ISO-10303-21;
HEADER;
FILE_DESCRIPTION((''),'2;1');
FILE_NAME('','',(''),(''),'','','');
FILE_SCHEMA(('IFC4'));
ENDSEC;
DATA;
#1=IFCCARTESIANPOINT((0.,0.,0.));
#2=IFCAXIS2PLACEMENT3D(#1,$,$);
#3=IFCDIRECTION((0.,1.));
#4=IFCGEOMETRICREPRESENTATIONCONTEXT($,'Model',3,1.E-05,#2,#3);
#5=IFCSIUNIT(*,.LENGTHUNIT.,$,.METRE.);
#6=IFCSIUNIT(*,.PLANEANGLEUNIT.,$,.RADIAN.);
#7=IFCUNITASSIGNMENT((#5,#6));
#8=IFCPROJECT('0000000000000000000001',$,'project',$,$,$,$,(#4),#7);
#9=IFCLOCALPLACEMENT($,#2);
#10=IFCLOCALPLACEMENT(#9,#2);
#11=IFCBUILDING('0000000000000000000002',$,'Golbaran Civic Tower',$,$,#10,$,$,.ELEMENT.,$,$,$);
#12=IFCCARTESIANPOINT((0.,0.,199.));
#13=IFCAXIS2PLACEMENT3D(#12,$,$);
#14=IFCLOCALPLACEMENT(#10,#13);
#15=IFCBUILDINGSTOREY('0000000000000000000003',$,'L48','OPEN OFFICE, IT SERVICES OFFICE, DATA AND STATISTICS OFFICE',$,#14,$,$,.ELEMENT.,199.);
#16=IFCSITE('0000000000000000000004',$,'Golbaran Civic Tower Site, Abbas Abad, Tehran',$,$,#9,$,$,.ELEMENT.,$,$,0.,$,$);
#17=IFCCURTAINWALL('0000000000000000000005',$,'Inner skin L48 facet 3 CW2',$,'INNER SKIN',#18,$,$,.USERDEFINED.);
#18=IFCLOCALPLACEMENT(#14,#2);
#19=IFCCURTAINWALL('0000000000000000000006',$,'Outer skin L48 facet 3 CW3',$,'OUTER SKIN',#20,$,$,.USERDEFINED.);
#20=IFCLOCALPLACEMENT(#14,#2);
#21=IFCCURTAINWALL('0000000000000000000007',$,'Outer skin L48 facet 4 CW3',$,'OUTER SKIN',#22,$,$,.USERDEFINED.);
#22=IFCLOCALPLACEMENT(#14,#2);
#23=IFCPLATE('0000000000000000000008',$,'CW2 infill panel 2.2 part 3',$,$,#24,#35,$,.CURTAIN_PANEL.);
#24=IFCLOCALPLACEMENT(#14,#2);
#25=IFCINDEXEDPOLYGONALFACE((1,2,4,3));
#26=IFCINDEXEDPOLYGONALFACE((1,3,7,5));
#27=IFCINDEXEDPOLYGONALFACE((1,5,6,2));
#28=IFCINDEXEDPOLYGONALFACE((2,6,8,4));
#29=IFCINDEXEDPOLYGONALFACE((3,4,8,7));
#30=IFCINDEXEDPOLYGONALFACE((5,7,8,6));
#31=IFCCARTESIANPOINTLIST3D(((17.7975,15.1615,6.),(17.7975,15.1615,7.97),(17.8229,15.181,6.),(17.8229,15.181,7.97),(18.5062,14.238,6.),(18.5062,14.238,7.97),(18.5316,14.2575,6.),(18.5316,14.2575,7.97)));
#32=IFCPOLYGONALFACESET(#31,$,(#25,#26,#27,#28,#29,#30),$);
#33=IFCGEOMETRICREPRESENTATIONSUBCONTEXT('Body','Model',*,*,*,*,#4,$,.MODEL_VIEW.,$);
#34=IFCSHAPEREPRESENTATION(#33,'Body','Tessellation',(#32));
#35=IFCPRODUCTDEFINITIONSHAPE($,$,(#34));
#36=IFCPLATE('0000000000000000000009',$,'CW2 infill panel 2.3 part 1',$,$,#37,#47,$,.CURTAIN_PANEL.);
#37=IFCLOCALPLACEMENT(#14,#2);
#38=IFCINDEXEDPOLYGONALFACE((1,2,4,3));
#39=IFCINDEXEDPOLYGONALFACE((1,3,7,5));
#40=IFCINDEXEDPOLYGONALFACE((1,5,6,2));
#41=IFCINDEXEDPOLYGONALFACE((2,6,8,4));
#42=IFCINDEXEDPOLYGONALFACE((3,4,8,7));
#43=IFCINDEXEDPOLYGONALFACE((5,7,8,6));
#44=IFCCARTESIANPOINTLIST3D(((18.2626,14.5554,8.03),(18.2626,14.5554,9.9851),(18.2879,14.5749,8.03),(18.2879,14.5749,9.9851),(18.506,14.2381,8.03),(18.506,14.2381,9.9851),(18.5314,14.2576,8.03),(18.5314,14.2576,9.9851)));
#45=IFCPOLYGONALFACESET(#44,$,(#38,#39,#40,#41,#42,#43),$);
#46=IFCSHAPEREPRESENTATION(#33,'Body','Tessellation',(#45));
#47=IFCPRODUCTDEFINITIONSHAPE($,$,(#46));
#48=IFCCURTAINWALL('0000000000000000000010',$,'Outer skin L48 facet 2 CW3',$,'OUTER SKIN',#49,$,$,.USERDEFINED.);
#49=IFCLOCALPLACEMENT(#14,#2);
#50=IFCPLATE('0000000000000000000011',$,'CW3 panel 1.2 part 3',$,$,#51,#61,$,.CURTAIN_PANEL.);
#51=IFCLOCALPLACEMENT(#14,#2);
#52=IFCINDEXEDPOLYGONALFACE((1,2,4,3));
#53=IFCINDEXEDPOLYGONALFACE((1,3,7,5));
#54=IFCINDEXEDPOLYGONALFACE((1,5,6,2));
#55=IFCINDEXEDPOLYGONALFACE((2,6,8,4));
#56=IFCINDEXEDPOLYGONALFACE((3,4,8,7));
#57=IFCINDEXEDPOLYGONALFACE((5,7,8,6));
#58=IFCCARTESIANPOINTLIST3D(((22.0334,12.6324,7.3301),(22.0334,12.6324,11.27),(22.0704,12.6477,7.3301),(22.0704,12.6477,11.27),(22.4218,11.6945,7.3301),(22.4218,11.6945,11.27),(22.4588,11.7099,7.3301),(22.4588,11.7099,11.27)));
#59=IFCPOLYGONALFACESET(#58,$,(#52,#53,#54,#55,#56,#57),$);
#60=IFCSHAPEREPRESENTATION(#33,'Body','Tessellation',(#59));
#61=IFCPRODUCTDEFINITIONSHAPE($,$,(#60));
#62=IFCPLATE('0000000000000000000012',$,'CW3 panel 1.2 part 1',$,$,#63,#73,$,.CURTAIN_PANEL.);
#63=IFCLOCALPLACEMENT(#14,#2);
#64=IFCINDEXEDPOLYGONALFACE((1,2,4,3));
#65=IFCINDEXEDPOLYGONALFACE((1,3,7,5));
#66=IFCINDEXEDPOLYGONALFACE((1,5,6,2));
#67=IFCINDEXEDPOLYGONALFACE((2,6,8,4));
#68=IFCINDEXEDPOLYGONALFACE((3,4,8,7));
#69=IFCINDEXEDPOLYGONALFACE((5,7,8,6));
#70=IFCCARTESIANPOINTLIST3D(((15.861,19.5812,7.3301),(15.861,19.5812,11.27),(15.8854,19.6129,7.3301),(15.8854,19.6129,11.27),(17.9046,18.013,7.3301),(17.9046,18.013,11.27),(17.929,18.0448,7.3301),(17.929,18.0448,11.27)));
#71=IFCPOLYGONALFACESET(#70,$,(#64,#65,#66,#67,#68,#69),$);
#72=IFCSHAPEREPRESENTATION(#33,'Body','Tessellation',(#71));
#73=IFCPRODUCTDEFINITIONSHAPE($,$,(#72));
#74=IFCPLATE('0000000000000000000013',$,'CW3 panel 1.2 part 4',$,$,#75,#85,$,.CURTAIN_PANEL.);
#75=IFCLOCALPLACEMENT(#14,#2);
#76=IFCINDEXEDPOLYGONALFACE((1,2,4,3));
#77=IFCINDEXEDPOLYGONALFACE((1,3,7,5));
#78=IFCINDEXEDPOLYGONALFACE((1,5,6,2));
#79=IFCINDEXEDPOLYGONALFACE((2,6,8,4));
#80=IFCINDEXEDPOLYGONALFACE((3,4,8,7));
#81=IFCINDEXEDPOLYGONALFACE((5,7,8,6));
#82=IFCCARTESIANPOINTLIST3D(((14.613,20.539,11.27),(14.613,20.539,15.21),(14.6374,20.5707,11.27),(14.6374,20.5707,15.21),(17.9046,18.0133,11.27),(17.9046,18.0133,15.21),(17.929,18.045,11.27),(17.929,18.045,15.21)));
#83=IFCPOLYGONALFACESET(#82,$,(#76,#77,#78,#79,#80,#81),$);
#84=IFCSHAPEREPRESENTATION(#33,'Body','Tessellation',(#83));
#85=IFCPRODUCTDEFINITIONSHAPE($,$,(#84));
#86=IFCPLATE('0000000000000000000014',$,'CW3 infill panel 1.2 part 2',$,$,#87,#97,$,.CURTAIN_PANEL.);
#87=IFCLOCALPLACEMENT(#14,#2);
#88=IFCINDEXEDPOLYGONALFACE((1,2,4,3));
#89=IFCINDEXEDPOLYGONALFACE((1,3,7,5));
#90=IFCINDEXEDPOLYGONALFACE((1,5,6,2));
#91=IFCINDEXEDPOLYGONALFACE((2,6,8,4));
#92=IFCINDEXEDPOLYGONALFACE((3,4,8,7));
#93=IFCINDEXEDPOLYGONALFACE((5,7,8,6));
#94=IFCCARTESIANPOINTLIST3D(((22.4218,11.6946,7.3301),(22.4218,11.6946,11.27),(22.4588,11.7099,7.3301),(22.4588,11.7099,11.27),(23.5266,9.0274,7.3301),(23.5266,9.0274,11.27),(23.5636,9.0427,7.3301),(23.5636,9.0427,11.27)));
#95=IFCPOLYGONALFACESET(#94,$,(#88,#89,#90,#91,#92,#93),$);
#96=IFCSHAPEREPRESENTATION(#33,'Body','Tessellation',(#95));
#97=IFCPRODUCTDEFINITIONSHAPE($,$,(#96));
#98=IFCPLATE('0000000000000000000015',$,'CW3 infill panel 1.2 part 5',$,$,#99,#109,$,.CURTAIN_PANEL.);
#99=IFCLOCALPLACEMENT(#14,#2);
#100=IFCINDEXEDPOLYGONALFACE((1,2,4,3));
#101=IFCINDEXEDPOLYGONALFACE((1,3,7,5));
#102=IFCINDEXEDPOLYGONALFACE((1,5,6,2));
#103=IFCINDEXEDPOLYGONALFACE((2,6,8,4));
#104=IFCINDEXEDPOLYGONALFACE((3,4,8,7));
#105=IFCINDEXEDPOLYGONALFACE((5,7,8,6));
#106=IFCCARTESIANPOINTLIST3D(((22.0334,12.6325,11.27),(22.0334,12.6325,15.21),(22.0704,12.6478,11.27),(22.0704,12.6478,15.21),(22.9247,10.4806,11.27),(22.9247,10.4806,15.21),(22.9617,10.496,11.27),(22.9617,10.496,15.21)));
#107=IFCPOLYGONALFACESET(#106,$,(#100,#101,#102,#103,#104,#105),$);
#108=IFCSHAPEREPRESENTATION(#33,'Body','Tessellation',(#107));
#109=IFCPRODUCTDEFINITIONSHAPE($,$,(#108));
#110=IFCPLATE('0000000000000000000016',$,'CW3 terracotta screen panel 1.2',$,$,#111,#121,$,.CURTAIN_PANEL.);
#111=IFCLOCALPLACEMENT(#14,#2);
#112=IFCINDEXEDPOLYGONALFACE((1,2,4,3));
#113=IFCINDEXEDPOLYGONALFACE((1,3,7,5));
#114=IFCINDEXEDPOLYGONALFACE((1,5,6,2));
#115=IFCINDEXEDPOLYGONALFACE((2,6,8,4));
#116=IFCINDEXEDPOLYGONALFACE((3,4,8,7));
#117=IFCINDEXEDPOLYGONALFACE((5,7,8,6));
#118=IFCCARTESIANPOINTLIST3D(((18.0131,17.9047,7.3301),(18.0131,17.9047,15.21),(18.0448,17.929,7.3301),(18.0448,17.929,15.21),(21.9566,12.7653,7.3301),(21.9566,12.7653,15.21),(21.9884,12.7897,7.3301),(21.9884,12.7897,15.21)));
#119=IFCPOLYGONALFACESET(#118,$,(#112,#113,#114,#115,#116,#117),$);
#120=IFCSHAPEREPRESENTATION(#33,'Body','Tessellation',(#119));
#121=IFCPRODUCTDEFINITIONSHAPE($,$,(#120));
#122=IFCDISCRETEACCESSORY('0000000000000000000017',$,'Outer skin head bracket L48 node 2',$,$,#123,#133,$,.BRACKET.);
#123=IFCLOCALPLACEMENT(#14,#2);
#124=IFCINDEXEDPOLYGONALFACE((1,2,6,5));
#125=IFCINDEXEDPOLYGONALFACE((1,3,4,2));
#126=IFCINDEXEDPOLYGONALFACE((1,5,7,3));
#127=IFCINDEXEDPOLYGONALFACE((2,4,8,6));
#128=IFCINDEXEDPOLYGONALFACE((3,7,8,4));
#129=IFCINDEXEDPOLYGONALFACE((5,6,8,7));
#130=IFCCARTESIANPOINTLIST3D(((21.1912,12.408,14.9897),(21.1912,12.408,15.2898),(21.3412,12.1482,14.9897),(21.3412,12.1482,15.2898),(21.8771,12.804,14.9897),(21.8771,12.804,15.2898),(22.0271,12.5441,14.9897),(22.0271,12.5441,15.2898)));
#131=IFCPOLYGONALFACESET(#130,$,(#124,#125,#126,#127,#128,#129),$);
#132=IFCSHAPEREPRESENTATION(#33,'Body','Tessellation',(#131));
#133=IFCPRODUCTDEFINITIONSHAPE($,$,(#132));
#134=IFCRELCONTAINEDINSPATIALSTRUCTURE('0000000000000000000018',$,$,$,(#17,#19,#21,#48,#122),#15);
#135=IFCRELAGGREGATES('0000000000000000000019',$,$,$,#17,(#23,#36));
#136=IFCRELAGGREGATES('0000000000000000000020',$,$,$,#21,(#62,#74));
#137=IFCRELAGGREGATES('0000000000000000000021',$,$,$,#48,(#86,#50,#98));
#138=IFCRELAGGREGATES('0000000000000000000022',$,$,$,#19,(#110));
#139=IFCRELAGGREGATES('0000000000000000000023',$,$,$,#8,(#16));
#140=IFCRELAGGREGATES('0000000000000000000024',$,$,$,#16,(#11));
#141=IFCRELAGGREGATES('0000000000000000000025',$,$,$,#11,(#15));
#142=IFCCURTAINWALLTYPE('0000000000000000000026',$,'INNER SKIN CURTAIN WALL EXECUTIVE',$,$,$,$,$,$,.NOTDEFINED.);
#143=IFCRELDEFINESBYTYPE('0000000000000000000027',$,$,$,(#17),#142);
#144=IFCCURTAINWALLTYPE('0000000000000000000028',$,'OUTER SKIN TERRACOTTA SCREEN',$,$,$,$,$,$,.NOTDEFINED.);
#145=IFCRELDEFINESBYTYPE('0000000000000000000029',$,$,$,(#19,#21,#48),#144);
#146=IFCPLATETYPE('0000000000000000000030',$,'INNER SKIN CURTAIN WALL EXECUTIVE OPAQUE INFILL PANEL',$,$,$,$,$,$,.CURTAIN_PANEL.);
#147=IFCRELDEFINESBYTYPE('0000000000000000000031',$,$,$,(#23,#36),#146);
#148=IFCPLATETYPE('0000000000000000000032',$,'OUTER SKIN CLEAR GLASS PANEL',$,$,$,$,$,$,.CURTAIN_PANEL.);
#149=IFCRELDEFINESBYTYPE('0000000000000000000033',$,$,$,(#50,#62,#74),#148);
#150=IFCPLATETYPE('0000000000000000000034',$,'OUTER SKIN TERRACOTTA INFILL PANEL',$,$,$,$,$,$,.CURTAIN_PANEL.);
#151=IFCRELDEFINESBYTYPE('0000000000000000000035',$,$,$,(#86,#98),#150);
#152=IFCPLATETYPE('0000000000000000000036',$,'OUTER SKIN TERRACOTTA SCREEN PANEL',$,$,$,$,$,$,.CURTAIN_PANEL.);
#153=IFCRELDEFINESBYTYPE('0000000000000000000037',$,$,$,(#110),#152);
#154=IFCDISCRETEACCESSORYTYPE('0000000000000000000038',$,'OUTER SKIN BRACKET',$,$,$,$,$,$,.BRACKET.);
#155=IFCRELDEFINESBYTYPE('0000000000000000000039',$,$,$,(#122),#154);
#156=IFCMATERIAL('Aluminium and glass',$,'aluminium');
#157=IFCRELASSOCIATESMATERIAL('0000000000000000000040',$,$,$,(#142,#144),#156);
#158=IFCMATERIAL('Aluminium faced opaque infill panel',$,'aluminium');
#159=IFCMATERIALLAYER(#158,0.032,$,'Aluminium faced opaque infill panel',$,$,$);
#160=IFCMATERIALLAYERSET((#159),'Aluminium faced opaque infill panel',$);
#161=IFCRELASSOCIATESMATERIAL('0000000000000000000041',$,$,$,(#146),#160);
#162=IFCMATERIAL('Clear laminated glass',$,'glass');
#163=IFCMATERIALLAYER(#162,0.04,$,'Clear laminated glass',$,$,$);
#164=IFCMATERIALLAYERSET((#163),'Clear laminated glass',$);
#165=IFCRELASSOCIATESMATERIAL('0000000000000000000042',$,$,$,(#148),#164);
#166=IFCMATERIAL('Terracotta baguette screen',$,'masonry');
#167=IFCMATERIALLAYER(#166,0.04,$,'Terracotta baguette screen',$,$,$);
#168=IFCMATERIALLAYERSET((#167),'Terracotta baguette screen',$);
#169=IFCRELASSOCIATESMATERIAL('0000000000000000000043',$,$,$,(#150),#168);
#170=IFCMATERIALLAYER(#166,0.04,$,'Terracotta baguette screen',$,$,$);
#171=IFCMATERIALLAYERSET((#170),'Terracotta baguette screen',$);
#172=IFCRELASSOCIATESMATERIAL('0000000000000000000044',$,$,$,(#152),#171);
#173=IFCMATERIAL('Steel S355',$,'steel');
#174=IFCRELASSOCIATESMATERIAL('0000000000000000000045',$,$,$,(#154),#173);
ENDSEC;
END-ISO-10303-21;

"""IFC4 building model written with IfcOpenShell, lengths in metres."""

from ifc_helpers import new_model, si_unit, direction, frame, origin, origin_2d, place, context, subcontext, project, spatial, rectangle, extrude, material, layer, layer_set, type_object, element, aggregate, save


model = new_model("IFC4")

# Units and contexts
model_context = context("Model", 3, precision=1e-05, world=origin(), true_north=direction((0.0, 1.0)))
body_context = subcontext(model_context, "Body", "Model", "MODEL_VIEW")
ifc_project = project(units=[si_unit("LENGTHUNIT", "METRE"), si_unit("PLANEANGLEUNIT", "RADIAN")], contexts=[model_context])

# Site, building, storey
site_placement = place(None, origin())
site = spatial("IfcSite", under=ifc_project, at=site_placement, Name="Golbaran Civic Tower Site, Abbas Abad, Tehran", CompositionType="ELEMENT", RefElevation=0.0)
building_placement = place(site_placement, origin())
building = spatial("IfcBuilding", under=site, at=building_placement, Name="Golbaran Civic Tower", CompositionType="ELEMENT")
storey_placement = place(building_placement, frame((0.0, 0.0, 199.0)))
storey = spatial("IfcBuildingStorey", under=building, at=storey_placement, Name="L48", Description="OPEN OFFICE, IT SERVICES OFFICE, DATA AND STATISTICS OFFICE", CompositionType="ELEMENT", Elevation=199.0)

# Curtain walls
ifc_material_1 = material(Name="Aluminium and glass", Category="aluminium")
curtain_wall_type_1 = type_object("IfcCurtainWallType", Name="INNER SKIN CURTAIN WALL EXECUTIVE", PredefinedType="NOTDEFINED", material=ifc_material_1)
curtain_wall_1_placement = place(storey_placement, origin())
curtain_wall_1 = element("IfcCurtainWall", 1, at=curtain_wall_1_placement, inside=storey, type_object=curtain_wall_type_1, Name="Inner skin L48 facet 3 CW2", ObjectType="INNER SKIN", PredefinedType="USERDEFINED")
curtain_wall_type_2 = type_object("IfcCurtainWallType", Name="OUTER SKIN TERRACOTTA SCREEN", PredefinedType="NOTDEFINED", material=ifc_material_1)
curtain_wall_2_placement = place(storey_placement, origin())
curtain_wall_2 = element("IfcCurtainWall", 2, at=curtain_wall_2_placement, inside=storey, type_object=curtain_wall_type_2, Name="Outer skin L48 facet 3 CW3", ObjectType="OUTER SKIN", PredefinedType="USERDEFINED")
curtain_wall_3_placement = place(storey_placement, origin())
curtain_wall_3 = element("IfcCurtainWall", 3, at=curtain_wall_3_placement, inside=storey, type_object=curtain_wall_type_2, Name="Outer skin L48 facet 4 CW3", ObjectType="OUTER SKIN", PredefinedType="USERDEFINED")

# Plates
ifc_material_2 = material(Name="Aluminium faced opaque infill panel", Category="aluminium")
ifc_layer_1 = layer(ifc_material_2, 0.032, Name="Aluminium faced opaque infill panel")
ifc_layer_set_1 = layer_set([ifc_layer_1], Name="Aluminium faced opaque infill panel")
plate_type_1 = type_object("IfcPlateType", Name="INNER SKIN CURTAIN WALL EXECUTIVE OPAQUE INFILL PANEL", PredefinedType="CURTAIN_PANEL", material=ifc_layer_set_1)
plate_1_placement = place(storey_placement, frame((18.1646, 14.7095, 6.0), z_axis=(0.0, 0.0, 1.0), x_axis=(-0.608761, 0.793353, 0.0)))
plate_1 = element("IfcPlate", 4, at=plate_1_placement, type_object=plate_type_1, Name="CW2 infill panel 2.2 part 3", PredefinedType="CURTAIN_PANEL", context=body_context, shape_type="SweptSolid", body=[
    extrude(rectangle(XDim=1.1641, YDim=0.032, at=origin_2d()), origin(), (0.0, 0.0, 1.0), 1.97),
])
plate_2_placement = place(storey_placement, frame((18.397, 14.4065, 8.03), z_axis=(0.0, 0.0, 1.0), x_axis=(-0.608761, 0.793353, 0.0)))
plate_2 = element("IfcPlate", 5, at=plate_2_placement, type_object=plate_type_1, Name="CW2 infill panel 2.3 part 1", PredefinedType="CURTAIN_PANEL", context=body_context, shape_type="SweptSolid", body=[
    extrude(rectangle(XDim=0.3999, YDim=0.032, at=origin_2d()), origin(), (0.0, 0.0, 1.0), 1.9551),
])
aggregate(curtain_wall_1, [plate_1, plate_2])

# Curtain wall, plate
curtain_wall_4_placement = place(storey_placement, origin())
curtain_wall_4 = element("IfcCurtainWall", 6, at=curtain_wall_4_placement, inside=storey, type_object=curtain_wall_type_2, Name="Outer skin L48 facet 2 CW3", ObjectType="OUTER SKIN", PredefinedType="USERDEFINED")
ifc_material_3 = material(Name="Clear laminated glass", Category="glass")
ifc_layer_2 = layer(ifc_material_3, 0.04, Name="Clear laminated glass")
ifc_layer_set_2 = layer_set([ifc_layer_2], Name="Clear laminated glass")
plate_type_2 = type_object("IfcPlateType", Name="OUTER SKIN CLEAR GLASS PANEL", PredefinedType="CURTAIN_PANEL", material=ifc_layer_set_2)
plate_3_placement = place(storey_placement, frame((22.2461, 12.1711, 7.3301), z_axis=(0.0, 0.0, 1.0), x_axis=(-0.382683, 0.92388, 0.0)))
plate_3 = element("IfcPlate", 7, at=plate_3_placement, type_object=plate_type_2, Name="CW3 panel 1.2 part 3", PredefinedType="CURTAIN_PANEL", context=body_context, shape_type="SweptSolid", body=[
    extrude(rectangle(XDim=1.0151, YDim=0.04, at=origin_2d()), origin(), (0.0, 0.0, 1.0), 3.9399),
])

# Plates
plate_4_placement = place(storey_placement, frame((16.895, 18.813, 7.3301), z_axis=(0.0, 0.0, 1.0), x_axis=(-0.793353, 0.608761, 0.0)))
plate_4 = element("IfcPlate", 8, at=plate_4_placement, type_object=plate_type_2, Name="CW3 panel 1.2 part 1", PredefinedType="CURTAIN_PANEL", context=body_context, shape_type="SweptSolid", body=[
    extrude(rectangle(XDim=2.5759, YDim=0.04, at=origin_2d()), origin(), (0.0, 0.0, 1.0), 3.9399),
])
plate_5_placement = place(storey_placement, frame((16.271, 19.292, 11.27), z_axis=(0.0, 0.0, 1.0), x_axis=(-0.793353, 0.608761, 0.0)))
plate_5 = element("IfcPlate", 9, at=plate_5_placement, type_object=plate_type_2, Name="CW3 panel 1.2 part 4", PredefinedType="CURTAIN_PANEL", context=body_context, shape_type="SweptSolid", body=[
    extrude(rectangle(XDim=4.1489, YDim=0.04, at=origin_2d()), origin(), (0.0, 0.0, 1.0), 3.9399),
])
aggregate(curtain_wall_3, [plate_4, plate_5])
ifc_material_4 = material(Name="Terracotta baguette screen", Category="masonry")
ifc_layer_3 = layer(ifc_material_4, 0.04, Name="Terracotta baguette screen")
ifc_layer_set_3 = layer_set([ifc_layer_3], Name="Terracotta baguette screen")
plate_type_3 = type_object("IfcPlateType", Name="OUTER SKIN TERRACOTTA INFILL PANEL", PredefinedType="CURTAIN_PANEL", material=ifc_layer_set_3)
plate_6_placement = place(storey_placement, frame((22.9927, 10.3687, 7.3301), z_axis=(0.0, 0.0, 1.0), x_axis=(-0.382683, 0.92388, 0.0)))
plate_6 = element("IfcPlate", 10, at=plate_6_placement, type_object=plate_type_3, Name="CW3 infill panel 1.2 part 2", PredefinedType="CURTAIN_PANEL", context=body_context, shape_type="SweptSolid", body=[
    extrude(rectangle(XDim=2.887, YDim=0.04, at=origin_2d()), origin(), (0.0, 0.0, 1.0), 3.9399),
])
plate_7_placement = place(storey_placement, frame((22.4976, 11.5642, 11.27), z_axis=(0.0, 0.0, 1.0), x_axis=(-0.382683, 0.92388, 0.0)))
plate_7 = element("IfcPlate", 11, at=plate_7_placement, type_object=plate_type_3, Name="CW3 infill panel 1.2 part 5", PredefinedType="CURTAIN_PANEL", context=body_context, shape_type="SweptSolid", body=[
    extrude(rectangle(XDim=2.3291, YDim=0.04, at=origin_2d()), origin(), (0.0, 0.0, 1.0), 3.9399),
])
aggregate(curtain_wall_4, [plate_6, plate_3, plate_7])
ifc_layer_4 = layer(ifc_material_4, 0.04, Name="Terracotta baguette screen")
ifc_layer_set_4 = layer_set([ifc_layer_4], Name="Terracotta baguette screen")
plate_type_4 = type_object("IfcPlateType", Name="OUTER SKIN TERRACOTTA SCREEN PANEL", PredefinedType="CURTAIN_PANEL", material=ifc_layer_set_4)
plate_8_placement = place(storey_placement, frame((20.0007, 15.3472, 7.3301), z_axis=(0.0, 0.0, 1.0), x_axis=(-0.608761, 0.793353, 0.0)))
plate_8 = element("IfcPlate", 12, at=plate_8_placement, type_object=plate_type_4, Name="CW3 terracotta screen panel 1.2", PredefinedType="CURTAIN_PANEL", context=body_context, shape_type="SweptSolid", body=[
    extrude(rectangle(XDim=6.478, YDim=0.04, at=origin_2d()), origin(), (0.0, 0.0, 1.0), 7.8799),
])
aggregate(curtain_wall_2, [plate_8])

# Discrete accessory
ifc_material_5 = material(Name="Steel S355", Category="steel")
discrete_accessory_type = type_object("IfcDiscreteAccessoryType", Name="OUTER SKIN BRACKET", PredefinedType="BRACKET", material=ifc_material_5)
discrete_accessory_placement = place(storey_placement, frame((21.6091, 12.4761, 14.9897), z_axis=(0.0, 0.0, 1.0), x_axis=(0.866025, 0.5, 0.0)))
element("IfcDiscreteAccessory", 13, at=discrete_accessory_placement, inside=storey, type_object=discrete_accessory_type, Name="Outer skin head bracket L48 node 2", PredefinedType="BRACKET", context=body_context, shape_type="SweptSolid", body=[
    extrude(rectangle(XDim=0.792, YDim=0.3, at=origin_2d()), origin(), (0.0, 0.0, 1.0), 0.3),
])

save(model, "model.ifc")
